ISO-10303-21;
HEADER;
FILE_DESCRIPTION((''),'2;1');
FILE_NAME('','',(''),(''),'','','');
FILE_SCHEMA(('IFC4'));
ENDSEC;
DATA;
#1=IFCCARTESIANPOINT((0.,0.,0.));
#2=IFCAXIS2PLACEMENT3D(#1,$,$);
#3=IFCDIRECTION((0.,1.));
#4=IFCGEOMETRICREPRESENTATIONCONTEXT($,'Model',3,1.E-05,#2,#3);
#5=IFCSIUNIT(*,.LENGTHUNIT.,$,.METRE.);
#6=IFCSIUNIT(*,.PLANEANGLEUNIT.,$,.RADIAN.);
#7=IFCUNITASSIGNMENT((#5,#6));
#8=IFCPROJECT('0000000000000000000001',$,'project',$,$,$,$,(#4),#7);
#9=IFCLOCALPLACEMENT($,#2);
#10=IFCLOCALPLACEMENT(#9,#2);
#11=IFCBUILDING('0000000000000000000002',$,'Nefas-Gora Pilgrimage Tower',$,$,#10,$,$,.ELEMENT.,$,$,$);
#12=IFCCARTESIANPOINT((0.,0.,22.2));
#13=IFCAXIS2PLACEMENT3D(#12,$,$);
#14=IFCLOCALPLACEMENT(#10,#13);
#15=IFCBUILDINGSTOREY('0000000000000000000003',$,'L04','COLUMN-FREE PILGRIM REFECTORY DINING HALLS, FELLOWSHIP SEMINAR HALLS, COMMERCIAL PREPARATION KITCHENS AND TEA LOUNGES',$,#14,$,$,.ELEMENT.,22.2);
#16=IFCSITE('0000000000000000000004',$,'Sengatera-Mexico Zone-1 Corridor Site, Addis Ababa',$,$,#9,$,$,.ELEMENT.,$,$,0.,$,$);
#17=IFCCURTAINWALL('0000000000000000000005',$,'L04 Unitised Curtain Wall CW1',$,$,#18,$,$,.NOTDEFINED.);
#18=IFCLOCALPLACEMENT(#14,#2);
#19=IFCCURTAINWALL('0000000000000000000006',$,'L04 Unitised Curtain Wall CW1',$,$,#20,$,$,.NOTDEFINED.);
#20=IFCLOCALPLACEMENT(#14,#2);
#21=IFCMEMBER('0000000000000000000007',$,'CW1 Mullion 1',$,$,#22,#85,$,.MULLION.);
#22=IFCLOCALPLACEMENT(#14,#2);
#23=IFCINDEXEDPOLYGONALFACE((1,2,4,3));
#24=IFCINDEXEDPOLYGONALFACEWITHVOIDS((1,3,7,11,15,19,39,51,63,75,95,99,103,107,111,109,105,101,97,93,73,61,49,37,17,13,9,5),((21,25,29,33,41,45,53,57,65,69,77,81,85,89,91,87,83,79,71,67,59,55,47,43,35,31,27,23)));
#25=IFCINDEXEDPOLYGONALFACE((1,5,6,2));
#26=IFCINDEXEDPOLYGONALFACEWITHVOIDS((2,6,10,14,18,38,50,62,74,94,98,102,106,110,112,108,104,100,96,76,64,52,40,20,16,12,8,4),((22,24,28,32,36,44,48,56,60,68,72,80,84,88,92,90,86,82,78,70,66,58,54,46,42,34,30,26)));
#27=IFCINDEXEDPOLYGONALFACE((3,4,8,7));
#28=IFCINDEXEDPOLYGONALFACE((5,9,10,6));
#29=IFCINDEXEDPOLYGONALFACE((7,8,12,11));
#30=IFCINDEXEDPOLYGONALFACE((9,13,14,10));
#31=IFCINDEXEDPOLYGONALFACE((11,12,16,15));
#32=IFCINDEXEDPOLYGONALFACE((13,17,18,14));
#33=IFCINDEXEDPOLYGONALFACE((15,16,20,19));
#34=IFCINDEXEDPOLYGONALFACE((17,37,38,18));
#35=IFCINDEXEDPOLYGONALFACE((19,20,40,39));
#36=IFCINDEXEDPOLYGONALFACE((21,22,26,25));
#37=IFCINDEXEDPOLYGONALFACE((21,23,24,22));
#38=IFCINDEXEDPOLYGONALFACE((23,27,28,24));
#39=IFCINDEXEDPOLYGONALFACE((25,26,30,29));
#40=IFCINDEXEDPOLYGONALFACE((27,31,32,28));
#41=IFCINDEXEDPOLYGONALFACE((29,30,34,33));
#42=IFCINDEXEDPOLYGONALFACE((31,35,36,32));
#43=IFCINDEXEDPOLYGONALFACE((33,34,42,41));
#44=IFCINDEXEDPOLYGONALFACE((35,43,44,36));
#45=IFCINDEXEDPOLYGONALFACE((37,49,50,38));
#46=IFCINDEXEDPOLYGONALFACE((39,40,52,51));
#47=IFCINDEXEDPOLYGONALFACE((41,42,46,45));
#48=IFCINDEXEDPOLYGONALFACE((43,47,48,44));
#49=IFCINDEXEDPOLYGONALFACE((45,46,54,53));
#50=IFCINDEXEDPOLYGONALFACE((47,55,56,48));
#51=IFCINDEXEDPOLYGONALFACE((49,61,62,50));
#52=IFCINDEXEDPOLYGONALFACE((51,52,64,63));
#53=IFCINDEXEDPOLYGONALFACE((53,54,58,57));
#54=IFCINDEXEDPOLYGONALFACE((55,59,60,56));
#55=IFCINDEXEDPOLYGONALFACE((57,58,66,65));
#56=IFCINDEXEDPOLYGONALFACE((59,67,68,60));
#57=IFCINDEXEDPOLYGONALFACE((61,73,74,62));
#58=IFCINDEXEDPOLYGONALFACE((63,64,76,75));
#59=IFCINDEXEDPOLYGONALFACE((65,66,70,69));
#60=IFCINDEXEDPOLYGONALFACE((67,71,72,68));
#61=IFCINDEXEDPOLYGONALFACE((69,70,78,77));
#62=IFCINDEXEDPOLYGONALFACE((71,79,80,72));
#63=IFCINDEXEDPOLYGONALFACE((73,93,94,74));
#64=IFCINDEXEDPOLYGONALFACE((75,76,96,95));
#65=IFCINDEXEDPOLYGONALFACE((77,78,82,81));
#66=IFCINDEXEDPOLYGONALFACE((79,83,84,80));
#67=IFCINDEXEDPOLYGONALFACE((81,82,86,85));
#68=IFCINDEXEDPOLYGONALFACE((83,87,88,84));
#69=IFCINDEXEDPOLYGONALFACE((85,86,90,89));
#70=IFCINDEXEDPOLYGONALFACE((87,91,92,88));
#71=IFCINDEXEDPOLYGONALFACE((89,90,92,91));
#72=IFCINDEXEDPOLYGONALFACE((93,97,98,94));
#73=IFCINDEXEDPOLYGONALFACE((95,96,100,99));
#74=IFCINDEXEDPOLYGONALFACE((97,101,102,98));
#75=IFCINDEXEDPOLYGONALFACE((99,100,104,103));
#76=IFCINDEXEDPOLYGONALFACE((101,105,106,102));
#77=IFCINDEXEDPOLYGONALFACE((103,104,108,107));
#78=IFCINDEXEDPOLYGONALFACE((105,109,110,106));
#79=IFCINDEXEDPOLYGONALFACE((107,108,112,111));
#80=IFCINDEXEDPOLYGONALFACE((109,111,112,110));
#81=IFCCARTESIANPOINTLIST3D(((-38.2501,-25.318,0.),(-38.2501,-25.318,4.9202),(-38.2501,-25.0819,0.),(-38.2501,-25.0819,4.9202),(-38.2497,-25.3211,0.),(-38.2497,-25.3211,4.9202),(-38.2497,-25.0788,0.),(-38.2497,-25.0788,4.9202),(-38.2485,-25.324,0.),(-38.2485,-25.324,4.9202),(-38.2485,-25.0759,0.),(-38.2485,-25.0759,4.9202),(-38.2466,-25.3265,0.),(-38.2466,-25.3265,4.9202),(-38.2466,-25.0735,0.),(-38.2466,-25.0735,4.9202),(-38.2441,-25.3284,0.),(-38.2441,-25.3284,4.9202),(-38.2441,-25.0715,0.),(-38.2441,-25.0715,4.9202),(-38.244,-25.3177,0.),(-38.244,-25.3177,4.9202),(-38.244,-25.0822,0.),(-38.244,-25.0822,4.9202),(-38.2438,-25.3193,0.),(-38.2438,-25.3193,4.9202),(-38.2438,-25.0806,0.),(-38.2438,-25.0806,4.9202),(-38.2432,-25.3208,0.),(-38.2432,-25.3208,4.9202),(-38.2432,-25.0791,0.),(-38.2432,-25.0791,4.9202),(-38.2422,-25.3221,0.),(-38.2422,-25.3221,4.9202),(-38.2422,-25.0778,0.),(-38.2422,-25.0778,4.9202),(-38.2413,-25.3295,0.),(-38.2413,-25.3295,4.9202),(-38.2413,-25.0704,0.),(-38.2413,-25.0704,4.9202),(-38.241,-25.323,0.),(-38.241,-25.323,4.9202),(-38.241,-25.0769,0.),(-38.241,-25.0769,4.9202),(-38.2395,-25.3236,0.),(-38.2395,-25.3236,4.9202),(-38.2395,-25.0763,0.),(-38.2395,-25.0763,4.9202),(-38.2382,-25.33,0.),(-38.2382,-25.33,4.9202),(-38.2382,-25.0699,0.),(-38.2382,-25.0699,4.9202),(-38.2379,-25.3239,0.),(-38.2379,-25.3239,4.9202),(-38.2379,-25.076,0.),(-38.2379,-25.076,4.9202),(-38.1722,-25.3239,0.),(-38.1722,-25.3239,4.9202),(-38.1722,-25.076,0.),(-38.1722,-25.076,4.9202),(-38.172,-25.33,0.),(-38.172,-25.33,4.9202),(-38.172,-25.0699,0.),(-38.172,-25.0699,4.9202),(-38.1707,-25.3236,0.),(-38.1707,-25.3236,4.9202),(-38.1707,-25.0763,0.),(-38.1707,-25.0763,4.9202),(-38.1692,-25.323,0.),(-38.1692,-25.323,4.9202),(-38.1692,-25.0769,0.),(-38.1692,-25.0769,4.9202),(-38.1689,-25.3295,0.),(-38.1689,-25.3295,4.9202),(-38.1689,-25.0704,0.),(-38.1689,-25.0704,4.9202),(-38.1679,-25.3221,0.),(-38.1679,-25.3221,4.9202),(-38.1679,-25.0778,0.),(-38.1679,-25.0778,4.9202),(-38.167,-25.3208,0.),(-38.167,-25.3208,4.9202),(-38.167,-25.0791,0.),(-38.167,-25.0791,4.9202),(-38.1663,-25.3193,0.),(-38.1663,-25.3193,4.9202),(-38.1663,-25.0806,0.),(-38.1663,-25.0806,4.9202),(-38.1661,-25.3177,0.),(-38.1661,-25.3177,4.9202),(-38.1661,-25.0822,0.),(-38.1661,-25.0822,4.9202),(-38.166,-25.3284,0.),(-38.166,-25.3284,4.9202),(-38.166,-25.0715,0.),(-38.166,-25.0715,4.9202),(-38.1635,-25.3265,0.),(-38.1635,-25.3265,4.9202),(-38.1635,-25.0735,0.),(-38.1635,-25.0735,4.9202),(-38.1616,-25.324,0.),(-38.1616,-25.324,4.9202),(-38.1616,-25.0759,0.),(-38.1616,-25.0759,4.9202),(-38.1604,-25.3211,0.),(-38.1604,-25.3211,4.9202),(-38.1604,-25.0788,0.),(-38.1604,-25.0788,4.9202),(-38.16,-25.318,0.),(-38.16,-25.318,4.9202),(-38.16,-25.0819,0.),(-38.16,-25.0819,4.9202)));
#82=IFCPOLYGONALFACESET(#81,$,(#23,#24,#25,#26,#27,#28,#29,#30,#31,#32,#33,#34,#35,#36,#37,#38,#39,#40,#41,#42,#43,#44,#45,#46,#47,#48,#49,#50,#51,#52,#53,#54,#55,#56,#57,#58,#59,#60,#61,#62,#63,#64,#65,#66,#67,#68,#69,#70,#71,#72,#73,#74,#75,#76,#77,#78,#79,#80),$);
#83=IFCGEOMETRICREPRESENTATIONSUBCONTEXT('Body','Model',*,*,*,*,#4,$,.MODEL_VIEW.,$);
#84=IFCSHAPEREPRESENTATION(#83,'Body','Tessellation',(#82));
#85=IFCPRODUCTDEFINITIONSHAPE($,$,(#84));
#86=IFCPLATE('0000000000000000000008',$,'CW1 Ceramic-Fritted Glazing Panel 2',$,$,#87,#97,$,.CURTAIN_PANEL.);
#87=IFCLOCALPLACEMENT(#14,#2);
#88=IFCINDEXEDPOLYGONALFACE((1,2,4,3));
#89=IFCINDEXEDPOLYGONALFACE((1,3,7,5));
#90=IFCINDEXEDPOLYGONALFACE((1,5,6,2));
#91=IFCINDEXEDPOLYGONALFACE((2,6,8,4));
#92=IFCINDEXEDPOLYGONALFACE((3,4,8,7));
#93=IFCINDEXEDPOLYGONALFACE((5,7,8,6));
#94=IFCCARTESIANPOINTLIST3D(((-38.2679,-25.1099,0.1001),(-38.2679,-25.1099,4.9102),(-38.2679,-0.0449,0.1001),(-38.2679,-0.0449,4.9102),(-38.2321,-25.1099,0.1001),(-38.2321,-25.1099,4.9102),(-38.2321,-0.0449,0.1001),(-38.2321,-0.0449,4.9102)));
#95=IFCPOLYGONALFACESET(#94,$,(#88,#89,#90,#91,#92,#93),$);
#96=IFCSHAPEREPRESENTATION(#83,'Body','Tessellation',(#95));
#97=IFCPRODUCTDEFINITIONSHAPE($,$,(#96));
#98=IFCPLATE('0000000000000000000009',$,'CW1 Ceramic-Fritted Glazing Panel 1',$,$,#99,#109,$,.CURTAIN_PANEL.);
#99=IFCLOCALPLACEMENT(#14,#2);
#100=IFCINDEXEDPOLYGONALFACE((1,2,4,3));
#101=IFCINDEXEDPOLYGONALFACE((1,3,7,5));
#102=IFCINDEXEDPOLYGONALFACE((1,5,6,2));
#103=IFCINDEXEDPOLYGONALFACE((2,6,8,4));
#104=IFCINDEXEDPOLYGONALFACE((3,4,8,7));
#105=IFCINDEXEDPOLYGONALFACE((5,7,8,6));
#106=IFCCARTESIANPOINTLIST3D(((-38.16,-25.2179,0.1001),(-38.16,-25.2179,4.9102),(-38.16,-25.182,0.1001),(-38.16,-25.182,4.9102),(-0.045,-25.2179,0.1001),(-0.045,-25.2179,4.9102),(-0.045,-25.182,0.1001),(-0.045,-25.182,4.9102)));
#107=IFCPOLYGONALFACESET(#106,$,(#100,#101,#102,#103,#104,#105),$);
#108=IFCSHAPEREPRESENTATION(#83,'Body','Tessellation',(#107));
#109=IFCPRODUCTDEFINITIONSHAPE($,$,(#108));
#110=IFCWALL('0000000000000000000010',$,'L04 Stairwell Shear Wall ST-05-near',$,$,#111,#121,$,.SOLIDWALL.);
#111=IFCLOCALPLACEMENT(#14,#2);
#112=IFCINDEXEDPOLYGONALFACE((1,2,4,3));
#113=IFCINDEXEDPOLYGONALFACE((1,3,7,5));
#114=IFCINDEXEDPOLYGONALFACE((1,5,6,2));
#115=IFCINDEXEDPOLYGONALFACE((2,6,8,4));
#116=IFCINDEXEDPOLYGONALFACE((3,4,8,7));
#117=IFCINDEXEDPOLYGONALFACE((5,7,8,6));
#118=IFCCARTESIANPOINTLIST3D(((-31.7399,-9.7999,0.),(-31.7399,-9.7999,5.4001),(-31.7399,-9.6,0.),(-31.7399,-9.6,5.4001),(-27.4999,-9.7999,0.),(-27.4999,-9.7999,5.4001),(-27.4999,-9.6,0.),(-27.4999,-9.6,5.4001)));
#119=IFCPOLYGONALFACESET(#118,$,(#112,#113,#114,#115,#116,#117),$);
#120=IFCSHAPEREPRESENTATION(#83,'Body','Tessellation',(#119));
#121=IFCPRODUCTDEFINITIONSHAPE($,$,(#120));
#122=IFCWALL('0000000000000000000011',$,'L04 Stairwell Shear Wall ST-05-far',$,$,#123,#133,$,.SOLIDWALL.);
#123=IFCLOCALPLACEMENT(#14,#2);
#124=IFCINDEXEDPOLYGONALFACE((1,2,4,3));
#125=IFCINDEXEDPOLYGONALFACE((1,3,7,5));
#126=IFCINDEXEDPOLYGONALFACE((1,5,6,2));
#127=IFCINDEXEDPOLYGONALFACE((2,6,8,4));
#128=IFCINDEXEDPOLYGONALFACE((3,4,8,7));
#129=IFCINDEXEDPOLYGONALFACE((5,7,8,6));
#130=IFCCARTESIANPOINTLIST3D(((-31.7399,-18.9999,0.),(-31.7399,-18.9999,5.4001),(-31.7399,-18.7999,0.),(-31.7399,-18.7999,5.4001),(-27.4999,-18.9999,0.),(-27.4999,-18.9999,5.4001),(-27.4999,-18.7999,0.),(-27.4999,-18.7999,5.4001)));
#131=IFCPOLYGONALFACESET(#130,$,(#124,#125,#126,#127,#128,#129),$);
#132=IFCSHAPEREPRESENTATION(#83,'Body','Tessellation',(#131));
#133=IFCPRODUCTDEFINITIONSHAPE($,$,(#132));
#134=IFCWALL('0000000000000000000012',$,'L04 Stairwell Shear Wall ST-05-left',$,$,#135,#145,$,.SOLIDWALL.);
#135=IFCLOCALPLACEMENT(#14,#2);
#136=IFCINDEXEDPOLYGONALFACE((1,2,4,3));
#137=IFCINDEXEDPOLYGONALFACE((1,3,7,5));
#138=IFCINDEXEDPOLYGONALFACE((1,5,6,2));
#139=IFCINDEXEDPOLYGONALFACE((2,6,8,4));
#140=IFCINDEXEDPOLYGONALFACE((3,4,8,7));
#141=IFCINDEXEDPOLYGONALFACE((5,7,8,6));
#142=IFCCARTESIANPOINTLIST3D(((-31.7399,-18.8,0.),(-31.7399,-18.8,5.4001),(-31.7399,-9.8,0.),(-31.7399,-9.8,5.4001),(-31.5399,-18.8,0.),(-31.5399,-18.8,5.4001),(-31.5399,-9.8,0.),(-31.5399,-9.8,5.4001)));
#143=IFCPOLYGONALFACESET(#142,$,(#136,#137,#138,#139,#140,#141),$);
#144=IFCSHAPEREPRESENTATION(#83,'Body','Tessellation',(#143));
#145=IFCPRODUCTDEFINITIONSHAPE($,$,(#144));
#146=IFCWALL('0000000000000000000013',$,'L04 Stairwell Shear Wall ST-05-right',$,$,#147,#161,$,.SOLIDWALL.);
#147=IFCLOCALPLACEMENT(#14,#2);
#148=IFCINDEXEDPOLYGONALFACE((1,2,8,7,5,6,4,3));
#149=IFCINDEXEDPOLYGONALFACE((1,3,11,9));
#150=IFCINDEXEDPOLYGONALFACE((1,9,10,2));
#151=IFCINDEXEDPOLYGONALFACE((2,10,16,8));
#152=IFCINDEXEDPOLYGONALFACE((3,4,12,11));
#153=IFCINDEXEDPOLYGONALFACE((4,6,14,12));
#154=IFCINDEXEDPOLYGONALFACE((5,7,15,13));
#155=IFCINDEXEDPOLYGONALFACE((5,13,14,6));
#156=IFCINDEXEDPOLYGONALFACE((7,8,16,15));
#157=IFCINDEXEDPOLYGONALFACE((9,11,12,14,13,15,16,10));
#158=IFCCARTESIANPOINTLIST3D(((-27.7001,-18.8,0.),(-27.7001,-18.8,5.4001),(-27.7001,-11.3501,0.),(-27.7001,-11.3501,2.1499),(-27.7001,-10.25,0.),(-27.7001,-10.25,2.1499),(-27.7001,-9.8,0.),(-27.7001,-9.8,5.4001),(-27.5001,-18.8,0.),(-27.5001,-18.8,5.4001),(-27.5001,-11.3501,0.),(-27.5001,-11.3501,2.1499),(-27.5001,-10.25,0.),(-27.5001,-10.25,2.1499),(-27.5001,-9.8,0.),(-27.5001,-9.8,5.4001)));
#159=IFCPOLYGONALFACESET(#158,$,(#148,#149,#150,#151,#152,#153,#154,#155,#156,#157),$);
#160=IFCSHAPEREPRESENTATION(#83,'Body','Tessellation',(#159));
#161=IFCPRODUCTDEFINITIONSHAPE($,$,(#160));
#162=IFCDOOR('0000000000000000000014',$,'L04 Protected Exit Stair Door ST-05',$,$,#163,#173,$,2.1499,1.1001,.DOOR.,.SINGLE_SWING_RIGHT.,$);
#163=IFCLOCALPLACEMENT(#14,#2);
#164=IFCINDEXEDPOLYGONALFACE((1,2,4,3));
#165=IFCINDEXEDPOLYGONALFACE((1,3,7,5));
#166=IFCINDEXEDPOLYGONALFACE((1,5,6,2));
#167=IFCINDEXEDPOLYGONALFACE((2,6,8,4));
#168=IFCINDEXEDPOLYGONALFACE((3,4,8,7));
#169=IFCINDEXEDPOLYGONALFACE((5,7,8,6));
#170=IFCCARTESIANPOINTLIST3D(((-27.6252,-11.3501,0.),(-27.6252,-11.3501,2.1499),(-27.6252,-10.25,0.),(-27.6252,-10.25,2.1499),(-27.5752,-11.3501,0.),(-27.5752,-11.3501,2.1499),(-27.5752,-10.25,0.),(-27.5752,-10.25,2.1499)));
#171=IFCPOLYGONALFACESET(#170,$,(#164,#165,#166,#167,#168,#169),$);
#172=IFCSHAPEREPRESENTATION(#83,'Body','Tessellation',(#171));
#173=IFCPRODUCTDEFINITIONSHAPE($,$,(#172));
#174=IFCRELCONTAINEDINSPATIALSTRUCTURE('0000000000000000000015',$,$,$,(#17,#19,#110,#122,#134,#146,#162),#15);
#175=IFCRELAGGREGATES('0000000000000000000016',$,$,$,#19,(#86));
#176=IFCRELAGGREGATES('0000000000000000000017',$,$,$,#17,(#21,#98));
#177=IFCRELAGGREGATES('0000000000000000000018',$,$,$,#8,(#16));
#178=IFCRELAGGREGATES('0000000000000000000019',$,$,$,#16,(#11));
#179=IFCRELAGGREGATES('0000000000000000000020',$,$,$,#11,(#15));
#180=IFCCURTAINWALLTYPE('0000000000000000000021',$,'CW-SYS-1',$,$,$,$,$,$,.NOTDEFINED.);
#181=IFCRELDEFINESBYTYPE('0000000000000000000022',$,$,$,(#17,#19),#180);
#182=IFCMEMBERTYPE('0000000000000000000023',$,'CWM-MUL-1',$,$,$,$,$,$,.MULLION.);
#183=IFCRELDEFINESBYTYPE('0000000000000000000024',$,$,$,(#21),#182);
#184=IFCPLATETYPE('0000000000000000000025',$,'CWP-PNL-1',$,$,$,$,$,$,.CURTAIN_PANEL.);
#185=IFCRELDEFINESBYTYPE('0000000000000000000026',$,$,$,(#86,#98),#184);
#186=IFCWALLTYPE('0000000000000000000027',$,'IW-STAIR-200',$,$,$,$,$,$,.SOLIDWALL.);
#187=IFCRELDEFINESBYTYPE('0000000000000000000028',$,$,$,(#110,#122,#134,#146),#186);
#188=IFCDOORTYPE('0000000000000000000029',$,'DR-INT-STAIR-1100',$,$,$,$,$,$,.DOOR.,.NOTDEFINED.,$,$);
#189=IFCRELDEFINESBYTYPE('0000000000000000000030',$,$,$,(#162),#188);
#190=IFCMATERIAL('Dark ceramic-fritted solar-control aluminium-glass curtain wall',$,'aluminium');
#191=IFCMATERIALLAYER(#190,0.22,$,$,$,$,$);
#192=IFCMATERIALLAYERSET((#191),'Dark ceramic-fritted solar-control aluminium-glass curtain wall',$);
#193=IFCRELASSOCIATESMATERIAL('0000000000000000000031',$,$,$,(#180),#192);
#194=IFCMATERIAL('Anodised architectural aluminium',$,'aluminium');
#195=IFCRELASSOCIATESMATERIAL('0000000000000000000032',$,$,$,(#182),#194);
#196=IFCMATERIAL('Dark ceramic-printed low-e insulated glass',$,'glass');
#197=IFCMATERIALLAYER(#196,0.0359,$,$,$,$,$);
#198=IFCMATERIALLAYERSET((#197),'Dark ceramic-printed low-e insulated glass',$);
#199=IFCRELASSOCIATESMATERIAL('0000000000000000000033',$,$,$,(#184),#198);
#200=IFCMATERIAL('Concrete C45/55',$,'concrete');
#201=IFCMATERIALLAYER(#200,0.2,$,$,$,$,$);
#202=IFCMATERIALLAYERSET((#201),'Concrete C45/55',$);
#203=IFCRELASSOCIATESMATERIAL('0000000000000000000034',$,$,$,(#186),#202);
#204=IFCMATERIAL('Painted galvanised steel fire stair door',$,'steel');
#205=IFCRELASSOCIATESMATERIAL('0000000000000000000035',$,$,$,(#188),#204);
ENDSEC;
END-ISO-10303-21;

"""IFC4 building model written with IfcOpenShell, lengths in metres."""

from ifc_helpers import new_model, si_unit, direction, frame, frame_2d, origin, origin_2d, place, context, subcontext, project, spatial, rectangle, hollow_rectangle, extrude, source, transform, mapped, material, layer, layer_set, material_profile, profile_set, type_object, element, fill, aggregate, save


model = new_model("IFC4")

# Units and contexts
model_context = context("Model", 3, precision=1e-05, world=origin(), true_north=direction((0.0, 1.0)))
body_context = subcontext(model_context, "Body", "Model", "MODEL_VIEW")
ifc_project = project(units=[si_unit("LENGTHUNIT", "METRE"), si_unit("PLANEANGLEUNIT", "RADIAN")], contexts=[model_context])

# Site, building, storey
site_placement = place(None, origin())
site = spatial("IfcSite", under=ifc_project, at=site_placement, Name="Sengatera-Mexico Zone-1 Corridor Site, Addis Ababa", CompositionType="ELEMENT", RefElevation=0.0)
building_placement = place(site_placement, origin())
building = spatial("IfcBuilding", under=site, at=building_placement, Name="Nefas-Gora Pilgrimage Tower", CompositionType="ELEMENT")
storey_placement = place(building_placement, frame((0.0, 0.0, 22.2)))
storey = spatial("IfcBuildingStorey", under=building, at=storey_placement, Name="L04", Description="COLUMN-FREE PILGRIM REFECTORY DINING HALLS, FELLOWSHIP SEMINAR HALLS, COMMERCIAL PREPARATION KITCHENS AND TEA LOUNGES", CompositionType="ELEMENT", Elevation=22.2)

# Curtain walls
ifc_material_1 = material(Name="Dark ceramic-fritted solar-control aluminium-glass curtain wall", Category="aluminium")
ifc_layer_1 = layer(ifc_material_1, 0.22)
ifc_layer_set_1 = layer_set([ifc_layer_1], Name="Dark ceramic-fritted solar-control aluminium-glass curtain wall")
curtain_wall_type = type_object("IfcCurtainWallType", Name="CW-SYS-1", PredefinedType="NOTDEFINED", material=ifc_layer_set_1)
curtain_wall_1_placement = place(storey_placement, origin())
curtain_wall_1 = element("IfcCurtainWall", 1, at=curtain_wall_1_placement, inside=storey, type_object=curtain_wall_type, Name="L04 Unitised Curtain Wall CW1", PredefinedType="NOTDEFINED")
ifc_material_2 = material(Name="Anodised architectural aluminium", Category="aluminium")
curtain_wall_2_placement = place(storey_placement, origin())
curtain_wall_2 = element("IfcCurtainWall", 2, at=curtain_wall_2_placement, inside=storey, type_object=curtain_wall_type, Name="L04 Unitised Curtain Wall CW1", PredefinedType="NOTDEFINED")
ifc_material_profile_1 = material_profile(ifc_material_2, hollow_rectangle(XDim=0.0901, YDim=0.26, WallThickness=0.0061, InnerFilletRadius=0.0061, OuterFilletRadius=0.012, at=origin_2d()), Name="ALU MULLION 90x260")
ifc_profile_set_1 = profile_set([ifc_material_profile_1], Name="Anodised architectural aluminium")
member_type_1 = type_object("IfcMemberType", Name="CWM-MUL-1", PredefinedType="MULLION", material=ifc_profile_set_1)
shared_shape_1 = source(origin(), body_context, "Body", "SweptSolid", [
    extrude(hollow_rectangle(XDim=0.0901, YDim=0.26, WallThickness=0.0061, InnerFilletRadius=0.0061, OuterFilletRadius=0.012, at=origin_2d()), origin(), (0.0, 0.0, 1.0), 4.9202),
])

# Member
member_1_placement = place(storey_placement, frame((-38.2051, -25.2, 0.0), z_axis=(0.0, 0.0, 1.0), x_axis=(1.0, 0.0, 0.0)))
member_1 = element("IfcMember", 3, at=member_1_placement, type_object=member_type_1, Name="CW1 Mullion 1", PredefinedType="MULLION", context=body_context, shape_type="MappedRepresentation", body=[
    mapped(shared_shape_1, transform((0.0, 0.0, 0.0), x_axis=(1.0, 0.0, 0.0), y_axis=(0.0, 1.0, 0.0), z_axis=(0.0, 0.0, 1.0), scale=1.0)),
])

# Plates
ifc_material_3 = material(Name="Dark ceramic-printed low-e insulated glass", Category="glass")
ifc_layer_2 = layer(ifc_material_3, 0.0359)
ifc_layer_set_2 = layer_set([ifc_layer_2], Name="Dark ceramic-printed low-e insulated glass")
plate_type = type_object("IfcPlateType", Name="CWP-PNL-1", PredefinedType="CURTAIN_PANEL", material=ifc_layer_set_2)
shared_shape_2 = source(origin(), body_context, "Body", "SweptSolid", [
    extrude(rectangle(XDim=25.0649, YDim=0.0359, at=origin_2d()), origin(), (0.0, 0.0, 1.0), 4.8101),
])
plate_1_placement = place(storey_placement, frame((-38.25, -12.5774, 0.1001), z_axis=(0.0, 0.0, 1.0), x_axis=(0.0, -1.0, 0.0)))
plate_1 = element("IfcPlate", 4, at=plate_1_placement, type_object=plate_type, Name="CW1 Ceramic-Fritted Glazing Panel 2", PredefinedType="CURTAIN_PANEL", context=body_context, shape_type="MappedRepresentation", body=[
    mapped(shared_shape_2, transform((0.0, 0.0, 0.0), x_axis=(1.0, 0.0, 0.0), y_axis=(0.0, 1.0, 0.0), z_axis=(0.0, 0.0, 1.0), scale=1.0)),
])
aggregate(curtain_wall_2, [plate_1])
shared_shape_3 = source(origin(), body_context, "Body", "SweptSolid", [
    extrude(rectangle(XDim=38.115, YDim=0.0359, at=origin_2d()), origin(), (0.0, 0.0, 1.0), 4.8101),
])
plate_2_placement = place(storey_placement, frame((-19.1025, -25.2, 0.1001), z_axis=(0.0, 0.0, 1.0), x_axis=(1.0, 0.0, 0.0)))
plate_2 = element("IfcPlate", 5, at=plate_2_placement, type_object=plate_type, Name="CW1 Ceramic-Fritted Glazing Panel 1", PredefinedType="CURTAIN_PANEL", context=body_context, shape_type="MappedRepresentation", body=[
    mapped(shared_shape_3, transform((0.0, 0.0, 0.0), x_axis=(1.0, 0.0, 0.0), y_axis=(0.0, 1.0, 0.0), z_axis=(0.0, 0.0, 1.0), scale=1.0)),
])
aggregate(curtain_wall_1, [member_1, plate_2])

# Walls
ifc_material_4 = material(Name="Concrete C45/55", Category="concrete")
ifc_layer_3 = layer(ifc_material_4, 0.2)
ifc_layer_set_3 = layer_set([ifc_layer_3], Name="Concrete C45/55")
wall_type_1 = type_object("IfcWallType", Name="IW-STAIR-200", PredefinedType="SOLIDWALL", material=ifc_layer_set_3)
shared_shape_4 = source(origin(), body_context, "Body", "SweptSolid", [
    extrude(rectangle(XDim=4.24, YDim=0.2, at=frame_2d((2.1201, 0.0))), origin(), (0.0, 0.0, 1.0), 5.4001),
])
for number, where, z_axis, x_axis, name in (
    (6, (-31.74, -9.7, 0.0), (0.0, 0.0, 1.0), (1.0, 0.0, 0.0), "L04 Stairwell Shear Wall ST-05-near"),
    (7, (-31.74, -18.8999, 0.0), (0.0, 0.0, 1.0), (1.0, 0.0, 0.0), "L04 Stairwell Shear Wall ST-05-far"),
):
    element("IfcWall", number, at=place(storey_placement, frame(where, z_axis=z_axis, x_axis=x_axis)), inside=storey, type_object=wall_type_1, Name=name, PredefinedType="SOLIDWALL", context=body_context, shape_type="MappedRepresentation", body=[
        mapped(shared_shape_4, transform((0.0, 0.0, 0.0), x_axis=(1.0, 0.0, 0.0), y_axis=(0.0, 1.0, 0.0), z_axis=(0.0, 0.0, 1.0), scale=1.0)),
    ])
shared_shape_5 = source(origin(), body_context, "Body", "SweptSolid", [
    extrude(rectangle(XDim=9.0, YDim=0.2, at=frame_2d((4.5, 0.0))), origin(), (0.0, 0.0, 1.0), 5.4001),
])
wall_1_placement = place(storey_placement, frame((-31.6399, -9.8, 0.0), z_axis=(0.0, 0.0, 1.0), x_axis=(0.0, -1.0, 0.0)))
element("IfcWall", 8, at=wall_1_placement, inside=storey, type_object=wall_type_1, Name="L04 Stairwell Shear Wall ST-05-left", PredefinedType="SOLIDWALL", context=body_context, shape_type="MappedRepresentation", body=[
    mapped(shared_shape_5, transform((0.0, 0.0, 0.0), x_axis=(1.0, 0.0, 0.0), y_axis=(0.0, 1.0, 0.0), z_axis=(0.0, 0.0, 1.0), scale=1.0)),
])

# Wall, opening, door
wall_2_placement = place(storey_placement, frame((-27.6001, -9.8, 0.0), z_axis=(0.0, 0.0, 1.0), x_axis=(0.0, -1.0, 0.0)))
wall_2 = element("IfcWall", 9, at=wall_2_placement, inside=storey, type_object=wall_type_1, Name="L04 Stairwell Shear Wall ST-05-right", PredefinedType="SOLIDWALL", context=body_context, shape_type="MappedRepresentation", body=[
    mapped(shared_shape_5, transform((0.0, 0.0, 0.0), x_axis=(1.0, 0.0, 0.0), y_axis=(0.0, 1.0, 0.0), z_axis=(0.0, 0.0, 1.0), scale=1.0)),
])
opening_1_placement = place(wall_2_placement, frame((0.45, 0.0, 0.0)))
opening_1 = element("IfcOpeningElement", 10, at=opening_1_placement, cuts=wall_2, PredefinedType="OPENING", context=body_context, shape_type="SweptSolid", body=[
    extrude(rectangle(XDim=1.1001, YDim=2.1499, at=frame_2d((0.55, 1.075))), frame((0.0, 0.1099, 0.0), z_axis=(0.0, -1.0, 0.0), x_axis=(1.0, 0.0, 0.0)), (0.0, 0.0, 1.0), 0.22),
])
ifc_material_5 = material(Name="Painted galvanised steel fire stair door", Category="steel")
door_type_1 = type_object("IfcDoorType", Name="DR-INT-STAIR-1100", OperationType="NOTDEFINED", PredefinedType="DOOR", material=ifc_material_5)
shared_shape_6 = source(origin(), body_context, "Body", "SweptSolid", [
    extrude(rectangle(XDim=1.1001, YDim=2.1499, at=frame_2d((0.55, 1.075))), frame((0.0, 0.0249, 0.0), z_axis=(0.0, -1.0, 0.0), x_axis=(1.0, 0.0, 0.0)), (0.0, 0.0, 1.0), 0.05),
])
door_1_placement = place(opening_1_placement, origin())
door_1 = element("IfcDoor", 11, at=door_1_placement, inside=storey, type_object=door_type_1, Name="L04 Protected Exit Stair Door ST-05", OperationType="SINGLE_SWING_RIGHT", OverallHeight=2.1499, OverallWidth=1.1001, PredefinedType="DOOR", context=body_context, shape_type="MappedRepresentation", body=[
    mapped(shared_shape_6, transform((0.0, 0.0, 0.0), x_axis=(1.0, 0.0, 0.0), y_axis=(0.0, 1.0, 0.0), z_axis=(0.0, 0.0, 1.0), scale=1.0)),
])
fill(opening_1, door_1)

save(model, "model.ifc")
